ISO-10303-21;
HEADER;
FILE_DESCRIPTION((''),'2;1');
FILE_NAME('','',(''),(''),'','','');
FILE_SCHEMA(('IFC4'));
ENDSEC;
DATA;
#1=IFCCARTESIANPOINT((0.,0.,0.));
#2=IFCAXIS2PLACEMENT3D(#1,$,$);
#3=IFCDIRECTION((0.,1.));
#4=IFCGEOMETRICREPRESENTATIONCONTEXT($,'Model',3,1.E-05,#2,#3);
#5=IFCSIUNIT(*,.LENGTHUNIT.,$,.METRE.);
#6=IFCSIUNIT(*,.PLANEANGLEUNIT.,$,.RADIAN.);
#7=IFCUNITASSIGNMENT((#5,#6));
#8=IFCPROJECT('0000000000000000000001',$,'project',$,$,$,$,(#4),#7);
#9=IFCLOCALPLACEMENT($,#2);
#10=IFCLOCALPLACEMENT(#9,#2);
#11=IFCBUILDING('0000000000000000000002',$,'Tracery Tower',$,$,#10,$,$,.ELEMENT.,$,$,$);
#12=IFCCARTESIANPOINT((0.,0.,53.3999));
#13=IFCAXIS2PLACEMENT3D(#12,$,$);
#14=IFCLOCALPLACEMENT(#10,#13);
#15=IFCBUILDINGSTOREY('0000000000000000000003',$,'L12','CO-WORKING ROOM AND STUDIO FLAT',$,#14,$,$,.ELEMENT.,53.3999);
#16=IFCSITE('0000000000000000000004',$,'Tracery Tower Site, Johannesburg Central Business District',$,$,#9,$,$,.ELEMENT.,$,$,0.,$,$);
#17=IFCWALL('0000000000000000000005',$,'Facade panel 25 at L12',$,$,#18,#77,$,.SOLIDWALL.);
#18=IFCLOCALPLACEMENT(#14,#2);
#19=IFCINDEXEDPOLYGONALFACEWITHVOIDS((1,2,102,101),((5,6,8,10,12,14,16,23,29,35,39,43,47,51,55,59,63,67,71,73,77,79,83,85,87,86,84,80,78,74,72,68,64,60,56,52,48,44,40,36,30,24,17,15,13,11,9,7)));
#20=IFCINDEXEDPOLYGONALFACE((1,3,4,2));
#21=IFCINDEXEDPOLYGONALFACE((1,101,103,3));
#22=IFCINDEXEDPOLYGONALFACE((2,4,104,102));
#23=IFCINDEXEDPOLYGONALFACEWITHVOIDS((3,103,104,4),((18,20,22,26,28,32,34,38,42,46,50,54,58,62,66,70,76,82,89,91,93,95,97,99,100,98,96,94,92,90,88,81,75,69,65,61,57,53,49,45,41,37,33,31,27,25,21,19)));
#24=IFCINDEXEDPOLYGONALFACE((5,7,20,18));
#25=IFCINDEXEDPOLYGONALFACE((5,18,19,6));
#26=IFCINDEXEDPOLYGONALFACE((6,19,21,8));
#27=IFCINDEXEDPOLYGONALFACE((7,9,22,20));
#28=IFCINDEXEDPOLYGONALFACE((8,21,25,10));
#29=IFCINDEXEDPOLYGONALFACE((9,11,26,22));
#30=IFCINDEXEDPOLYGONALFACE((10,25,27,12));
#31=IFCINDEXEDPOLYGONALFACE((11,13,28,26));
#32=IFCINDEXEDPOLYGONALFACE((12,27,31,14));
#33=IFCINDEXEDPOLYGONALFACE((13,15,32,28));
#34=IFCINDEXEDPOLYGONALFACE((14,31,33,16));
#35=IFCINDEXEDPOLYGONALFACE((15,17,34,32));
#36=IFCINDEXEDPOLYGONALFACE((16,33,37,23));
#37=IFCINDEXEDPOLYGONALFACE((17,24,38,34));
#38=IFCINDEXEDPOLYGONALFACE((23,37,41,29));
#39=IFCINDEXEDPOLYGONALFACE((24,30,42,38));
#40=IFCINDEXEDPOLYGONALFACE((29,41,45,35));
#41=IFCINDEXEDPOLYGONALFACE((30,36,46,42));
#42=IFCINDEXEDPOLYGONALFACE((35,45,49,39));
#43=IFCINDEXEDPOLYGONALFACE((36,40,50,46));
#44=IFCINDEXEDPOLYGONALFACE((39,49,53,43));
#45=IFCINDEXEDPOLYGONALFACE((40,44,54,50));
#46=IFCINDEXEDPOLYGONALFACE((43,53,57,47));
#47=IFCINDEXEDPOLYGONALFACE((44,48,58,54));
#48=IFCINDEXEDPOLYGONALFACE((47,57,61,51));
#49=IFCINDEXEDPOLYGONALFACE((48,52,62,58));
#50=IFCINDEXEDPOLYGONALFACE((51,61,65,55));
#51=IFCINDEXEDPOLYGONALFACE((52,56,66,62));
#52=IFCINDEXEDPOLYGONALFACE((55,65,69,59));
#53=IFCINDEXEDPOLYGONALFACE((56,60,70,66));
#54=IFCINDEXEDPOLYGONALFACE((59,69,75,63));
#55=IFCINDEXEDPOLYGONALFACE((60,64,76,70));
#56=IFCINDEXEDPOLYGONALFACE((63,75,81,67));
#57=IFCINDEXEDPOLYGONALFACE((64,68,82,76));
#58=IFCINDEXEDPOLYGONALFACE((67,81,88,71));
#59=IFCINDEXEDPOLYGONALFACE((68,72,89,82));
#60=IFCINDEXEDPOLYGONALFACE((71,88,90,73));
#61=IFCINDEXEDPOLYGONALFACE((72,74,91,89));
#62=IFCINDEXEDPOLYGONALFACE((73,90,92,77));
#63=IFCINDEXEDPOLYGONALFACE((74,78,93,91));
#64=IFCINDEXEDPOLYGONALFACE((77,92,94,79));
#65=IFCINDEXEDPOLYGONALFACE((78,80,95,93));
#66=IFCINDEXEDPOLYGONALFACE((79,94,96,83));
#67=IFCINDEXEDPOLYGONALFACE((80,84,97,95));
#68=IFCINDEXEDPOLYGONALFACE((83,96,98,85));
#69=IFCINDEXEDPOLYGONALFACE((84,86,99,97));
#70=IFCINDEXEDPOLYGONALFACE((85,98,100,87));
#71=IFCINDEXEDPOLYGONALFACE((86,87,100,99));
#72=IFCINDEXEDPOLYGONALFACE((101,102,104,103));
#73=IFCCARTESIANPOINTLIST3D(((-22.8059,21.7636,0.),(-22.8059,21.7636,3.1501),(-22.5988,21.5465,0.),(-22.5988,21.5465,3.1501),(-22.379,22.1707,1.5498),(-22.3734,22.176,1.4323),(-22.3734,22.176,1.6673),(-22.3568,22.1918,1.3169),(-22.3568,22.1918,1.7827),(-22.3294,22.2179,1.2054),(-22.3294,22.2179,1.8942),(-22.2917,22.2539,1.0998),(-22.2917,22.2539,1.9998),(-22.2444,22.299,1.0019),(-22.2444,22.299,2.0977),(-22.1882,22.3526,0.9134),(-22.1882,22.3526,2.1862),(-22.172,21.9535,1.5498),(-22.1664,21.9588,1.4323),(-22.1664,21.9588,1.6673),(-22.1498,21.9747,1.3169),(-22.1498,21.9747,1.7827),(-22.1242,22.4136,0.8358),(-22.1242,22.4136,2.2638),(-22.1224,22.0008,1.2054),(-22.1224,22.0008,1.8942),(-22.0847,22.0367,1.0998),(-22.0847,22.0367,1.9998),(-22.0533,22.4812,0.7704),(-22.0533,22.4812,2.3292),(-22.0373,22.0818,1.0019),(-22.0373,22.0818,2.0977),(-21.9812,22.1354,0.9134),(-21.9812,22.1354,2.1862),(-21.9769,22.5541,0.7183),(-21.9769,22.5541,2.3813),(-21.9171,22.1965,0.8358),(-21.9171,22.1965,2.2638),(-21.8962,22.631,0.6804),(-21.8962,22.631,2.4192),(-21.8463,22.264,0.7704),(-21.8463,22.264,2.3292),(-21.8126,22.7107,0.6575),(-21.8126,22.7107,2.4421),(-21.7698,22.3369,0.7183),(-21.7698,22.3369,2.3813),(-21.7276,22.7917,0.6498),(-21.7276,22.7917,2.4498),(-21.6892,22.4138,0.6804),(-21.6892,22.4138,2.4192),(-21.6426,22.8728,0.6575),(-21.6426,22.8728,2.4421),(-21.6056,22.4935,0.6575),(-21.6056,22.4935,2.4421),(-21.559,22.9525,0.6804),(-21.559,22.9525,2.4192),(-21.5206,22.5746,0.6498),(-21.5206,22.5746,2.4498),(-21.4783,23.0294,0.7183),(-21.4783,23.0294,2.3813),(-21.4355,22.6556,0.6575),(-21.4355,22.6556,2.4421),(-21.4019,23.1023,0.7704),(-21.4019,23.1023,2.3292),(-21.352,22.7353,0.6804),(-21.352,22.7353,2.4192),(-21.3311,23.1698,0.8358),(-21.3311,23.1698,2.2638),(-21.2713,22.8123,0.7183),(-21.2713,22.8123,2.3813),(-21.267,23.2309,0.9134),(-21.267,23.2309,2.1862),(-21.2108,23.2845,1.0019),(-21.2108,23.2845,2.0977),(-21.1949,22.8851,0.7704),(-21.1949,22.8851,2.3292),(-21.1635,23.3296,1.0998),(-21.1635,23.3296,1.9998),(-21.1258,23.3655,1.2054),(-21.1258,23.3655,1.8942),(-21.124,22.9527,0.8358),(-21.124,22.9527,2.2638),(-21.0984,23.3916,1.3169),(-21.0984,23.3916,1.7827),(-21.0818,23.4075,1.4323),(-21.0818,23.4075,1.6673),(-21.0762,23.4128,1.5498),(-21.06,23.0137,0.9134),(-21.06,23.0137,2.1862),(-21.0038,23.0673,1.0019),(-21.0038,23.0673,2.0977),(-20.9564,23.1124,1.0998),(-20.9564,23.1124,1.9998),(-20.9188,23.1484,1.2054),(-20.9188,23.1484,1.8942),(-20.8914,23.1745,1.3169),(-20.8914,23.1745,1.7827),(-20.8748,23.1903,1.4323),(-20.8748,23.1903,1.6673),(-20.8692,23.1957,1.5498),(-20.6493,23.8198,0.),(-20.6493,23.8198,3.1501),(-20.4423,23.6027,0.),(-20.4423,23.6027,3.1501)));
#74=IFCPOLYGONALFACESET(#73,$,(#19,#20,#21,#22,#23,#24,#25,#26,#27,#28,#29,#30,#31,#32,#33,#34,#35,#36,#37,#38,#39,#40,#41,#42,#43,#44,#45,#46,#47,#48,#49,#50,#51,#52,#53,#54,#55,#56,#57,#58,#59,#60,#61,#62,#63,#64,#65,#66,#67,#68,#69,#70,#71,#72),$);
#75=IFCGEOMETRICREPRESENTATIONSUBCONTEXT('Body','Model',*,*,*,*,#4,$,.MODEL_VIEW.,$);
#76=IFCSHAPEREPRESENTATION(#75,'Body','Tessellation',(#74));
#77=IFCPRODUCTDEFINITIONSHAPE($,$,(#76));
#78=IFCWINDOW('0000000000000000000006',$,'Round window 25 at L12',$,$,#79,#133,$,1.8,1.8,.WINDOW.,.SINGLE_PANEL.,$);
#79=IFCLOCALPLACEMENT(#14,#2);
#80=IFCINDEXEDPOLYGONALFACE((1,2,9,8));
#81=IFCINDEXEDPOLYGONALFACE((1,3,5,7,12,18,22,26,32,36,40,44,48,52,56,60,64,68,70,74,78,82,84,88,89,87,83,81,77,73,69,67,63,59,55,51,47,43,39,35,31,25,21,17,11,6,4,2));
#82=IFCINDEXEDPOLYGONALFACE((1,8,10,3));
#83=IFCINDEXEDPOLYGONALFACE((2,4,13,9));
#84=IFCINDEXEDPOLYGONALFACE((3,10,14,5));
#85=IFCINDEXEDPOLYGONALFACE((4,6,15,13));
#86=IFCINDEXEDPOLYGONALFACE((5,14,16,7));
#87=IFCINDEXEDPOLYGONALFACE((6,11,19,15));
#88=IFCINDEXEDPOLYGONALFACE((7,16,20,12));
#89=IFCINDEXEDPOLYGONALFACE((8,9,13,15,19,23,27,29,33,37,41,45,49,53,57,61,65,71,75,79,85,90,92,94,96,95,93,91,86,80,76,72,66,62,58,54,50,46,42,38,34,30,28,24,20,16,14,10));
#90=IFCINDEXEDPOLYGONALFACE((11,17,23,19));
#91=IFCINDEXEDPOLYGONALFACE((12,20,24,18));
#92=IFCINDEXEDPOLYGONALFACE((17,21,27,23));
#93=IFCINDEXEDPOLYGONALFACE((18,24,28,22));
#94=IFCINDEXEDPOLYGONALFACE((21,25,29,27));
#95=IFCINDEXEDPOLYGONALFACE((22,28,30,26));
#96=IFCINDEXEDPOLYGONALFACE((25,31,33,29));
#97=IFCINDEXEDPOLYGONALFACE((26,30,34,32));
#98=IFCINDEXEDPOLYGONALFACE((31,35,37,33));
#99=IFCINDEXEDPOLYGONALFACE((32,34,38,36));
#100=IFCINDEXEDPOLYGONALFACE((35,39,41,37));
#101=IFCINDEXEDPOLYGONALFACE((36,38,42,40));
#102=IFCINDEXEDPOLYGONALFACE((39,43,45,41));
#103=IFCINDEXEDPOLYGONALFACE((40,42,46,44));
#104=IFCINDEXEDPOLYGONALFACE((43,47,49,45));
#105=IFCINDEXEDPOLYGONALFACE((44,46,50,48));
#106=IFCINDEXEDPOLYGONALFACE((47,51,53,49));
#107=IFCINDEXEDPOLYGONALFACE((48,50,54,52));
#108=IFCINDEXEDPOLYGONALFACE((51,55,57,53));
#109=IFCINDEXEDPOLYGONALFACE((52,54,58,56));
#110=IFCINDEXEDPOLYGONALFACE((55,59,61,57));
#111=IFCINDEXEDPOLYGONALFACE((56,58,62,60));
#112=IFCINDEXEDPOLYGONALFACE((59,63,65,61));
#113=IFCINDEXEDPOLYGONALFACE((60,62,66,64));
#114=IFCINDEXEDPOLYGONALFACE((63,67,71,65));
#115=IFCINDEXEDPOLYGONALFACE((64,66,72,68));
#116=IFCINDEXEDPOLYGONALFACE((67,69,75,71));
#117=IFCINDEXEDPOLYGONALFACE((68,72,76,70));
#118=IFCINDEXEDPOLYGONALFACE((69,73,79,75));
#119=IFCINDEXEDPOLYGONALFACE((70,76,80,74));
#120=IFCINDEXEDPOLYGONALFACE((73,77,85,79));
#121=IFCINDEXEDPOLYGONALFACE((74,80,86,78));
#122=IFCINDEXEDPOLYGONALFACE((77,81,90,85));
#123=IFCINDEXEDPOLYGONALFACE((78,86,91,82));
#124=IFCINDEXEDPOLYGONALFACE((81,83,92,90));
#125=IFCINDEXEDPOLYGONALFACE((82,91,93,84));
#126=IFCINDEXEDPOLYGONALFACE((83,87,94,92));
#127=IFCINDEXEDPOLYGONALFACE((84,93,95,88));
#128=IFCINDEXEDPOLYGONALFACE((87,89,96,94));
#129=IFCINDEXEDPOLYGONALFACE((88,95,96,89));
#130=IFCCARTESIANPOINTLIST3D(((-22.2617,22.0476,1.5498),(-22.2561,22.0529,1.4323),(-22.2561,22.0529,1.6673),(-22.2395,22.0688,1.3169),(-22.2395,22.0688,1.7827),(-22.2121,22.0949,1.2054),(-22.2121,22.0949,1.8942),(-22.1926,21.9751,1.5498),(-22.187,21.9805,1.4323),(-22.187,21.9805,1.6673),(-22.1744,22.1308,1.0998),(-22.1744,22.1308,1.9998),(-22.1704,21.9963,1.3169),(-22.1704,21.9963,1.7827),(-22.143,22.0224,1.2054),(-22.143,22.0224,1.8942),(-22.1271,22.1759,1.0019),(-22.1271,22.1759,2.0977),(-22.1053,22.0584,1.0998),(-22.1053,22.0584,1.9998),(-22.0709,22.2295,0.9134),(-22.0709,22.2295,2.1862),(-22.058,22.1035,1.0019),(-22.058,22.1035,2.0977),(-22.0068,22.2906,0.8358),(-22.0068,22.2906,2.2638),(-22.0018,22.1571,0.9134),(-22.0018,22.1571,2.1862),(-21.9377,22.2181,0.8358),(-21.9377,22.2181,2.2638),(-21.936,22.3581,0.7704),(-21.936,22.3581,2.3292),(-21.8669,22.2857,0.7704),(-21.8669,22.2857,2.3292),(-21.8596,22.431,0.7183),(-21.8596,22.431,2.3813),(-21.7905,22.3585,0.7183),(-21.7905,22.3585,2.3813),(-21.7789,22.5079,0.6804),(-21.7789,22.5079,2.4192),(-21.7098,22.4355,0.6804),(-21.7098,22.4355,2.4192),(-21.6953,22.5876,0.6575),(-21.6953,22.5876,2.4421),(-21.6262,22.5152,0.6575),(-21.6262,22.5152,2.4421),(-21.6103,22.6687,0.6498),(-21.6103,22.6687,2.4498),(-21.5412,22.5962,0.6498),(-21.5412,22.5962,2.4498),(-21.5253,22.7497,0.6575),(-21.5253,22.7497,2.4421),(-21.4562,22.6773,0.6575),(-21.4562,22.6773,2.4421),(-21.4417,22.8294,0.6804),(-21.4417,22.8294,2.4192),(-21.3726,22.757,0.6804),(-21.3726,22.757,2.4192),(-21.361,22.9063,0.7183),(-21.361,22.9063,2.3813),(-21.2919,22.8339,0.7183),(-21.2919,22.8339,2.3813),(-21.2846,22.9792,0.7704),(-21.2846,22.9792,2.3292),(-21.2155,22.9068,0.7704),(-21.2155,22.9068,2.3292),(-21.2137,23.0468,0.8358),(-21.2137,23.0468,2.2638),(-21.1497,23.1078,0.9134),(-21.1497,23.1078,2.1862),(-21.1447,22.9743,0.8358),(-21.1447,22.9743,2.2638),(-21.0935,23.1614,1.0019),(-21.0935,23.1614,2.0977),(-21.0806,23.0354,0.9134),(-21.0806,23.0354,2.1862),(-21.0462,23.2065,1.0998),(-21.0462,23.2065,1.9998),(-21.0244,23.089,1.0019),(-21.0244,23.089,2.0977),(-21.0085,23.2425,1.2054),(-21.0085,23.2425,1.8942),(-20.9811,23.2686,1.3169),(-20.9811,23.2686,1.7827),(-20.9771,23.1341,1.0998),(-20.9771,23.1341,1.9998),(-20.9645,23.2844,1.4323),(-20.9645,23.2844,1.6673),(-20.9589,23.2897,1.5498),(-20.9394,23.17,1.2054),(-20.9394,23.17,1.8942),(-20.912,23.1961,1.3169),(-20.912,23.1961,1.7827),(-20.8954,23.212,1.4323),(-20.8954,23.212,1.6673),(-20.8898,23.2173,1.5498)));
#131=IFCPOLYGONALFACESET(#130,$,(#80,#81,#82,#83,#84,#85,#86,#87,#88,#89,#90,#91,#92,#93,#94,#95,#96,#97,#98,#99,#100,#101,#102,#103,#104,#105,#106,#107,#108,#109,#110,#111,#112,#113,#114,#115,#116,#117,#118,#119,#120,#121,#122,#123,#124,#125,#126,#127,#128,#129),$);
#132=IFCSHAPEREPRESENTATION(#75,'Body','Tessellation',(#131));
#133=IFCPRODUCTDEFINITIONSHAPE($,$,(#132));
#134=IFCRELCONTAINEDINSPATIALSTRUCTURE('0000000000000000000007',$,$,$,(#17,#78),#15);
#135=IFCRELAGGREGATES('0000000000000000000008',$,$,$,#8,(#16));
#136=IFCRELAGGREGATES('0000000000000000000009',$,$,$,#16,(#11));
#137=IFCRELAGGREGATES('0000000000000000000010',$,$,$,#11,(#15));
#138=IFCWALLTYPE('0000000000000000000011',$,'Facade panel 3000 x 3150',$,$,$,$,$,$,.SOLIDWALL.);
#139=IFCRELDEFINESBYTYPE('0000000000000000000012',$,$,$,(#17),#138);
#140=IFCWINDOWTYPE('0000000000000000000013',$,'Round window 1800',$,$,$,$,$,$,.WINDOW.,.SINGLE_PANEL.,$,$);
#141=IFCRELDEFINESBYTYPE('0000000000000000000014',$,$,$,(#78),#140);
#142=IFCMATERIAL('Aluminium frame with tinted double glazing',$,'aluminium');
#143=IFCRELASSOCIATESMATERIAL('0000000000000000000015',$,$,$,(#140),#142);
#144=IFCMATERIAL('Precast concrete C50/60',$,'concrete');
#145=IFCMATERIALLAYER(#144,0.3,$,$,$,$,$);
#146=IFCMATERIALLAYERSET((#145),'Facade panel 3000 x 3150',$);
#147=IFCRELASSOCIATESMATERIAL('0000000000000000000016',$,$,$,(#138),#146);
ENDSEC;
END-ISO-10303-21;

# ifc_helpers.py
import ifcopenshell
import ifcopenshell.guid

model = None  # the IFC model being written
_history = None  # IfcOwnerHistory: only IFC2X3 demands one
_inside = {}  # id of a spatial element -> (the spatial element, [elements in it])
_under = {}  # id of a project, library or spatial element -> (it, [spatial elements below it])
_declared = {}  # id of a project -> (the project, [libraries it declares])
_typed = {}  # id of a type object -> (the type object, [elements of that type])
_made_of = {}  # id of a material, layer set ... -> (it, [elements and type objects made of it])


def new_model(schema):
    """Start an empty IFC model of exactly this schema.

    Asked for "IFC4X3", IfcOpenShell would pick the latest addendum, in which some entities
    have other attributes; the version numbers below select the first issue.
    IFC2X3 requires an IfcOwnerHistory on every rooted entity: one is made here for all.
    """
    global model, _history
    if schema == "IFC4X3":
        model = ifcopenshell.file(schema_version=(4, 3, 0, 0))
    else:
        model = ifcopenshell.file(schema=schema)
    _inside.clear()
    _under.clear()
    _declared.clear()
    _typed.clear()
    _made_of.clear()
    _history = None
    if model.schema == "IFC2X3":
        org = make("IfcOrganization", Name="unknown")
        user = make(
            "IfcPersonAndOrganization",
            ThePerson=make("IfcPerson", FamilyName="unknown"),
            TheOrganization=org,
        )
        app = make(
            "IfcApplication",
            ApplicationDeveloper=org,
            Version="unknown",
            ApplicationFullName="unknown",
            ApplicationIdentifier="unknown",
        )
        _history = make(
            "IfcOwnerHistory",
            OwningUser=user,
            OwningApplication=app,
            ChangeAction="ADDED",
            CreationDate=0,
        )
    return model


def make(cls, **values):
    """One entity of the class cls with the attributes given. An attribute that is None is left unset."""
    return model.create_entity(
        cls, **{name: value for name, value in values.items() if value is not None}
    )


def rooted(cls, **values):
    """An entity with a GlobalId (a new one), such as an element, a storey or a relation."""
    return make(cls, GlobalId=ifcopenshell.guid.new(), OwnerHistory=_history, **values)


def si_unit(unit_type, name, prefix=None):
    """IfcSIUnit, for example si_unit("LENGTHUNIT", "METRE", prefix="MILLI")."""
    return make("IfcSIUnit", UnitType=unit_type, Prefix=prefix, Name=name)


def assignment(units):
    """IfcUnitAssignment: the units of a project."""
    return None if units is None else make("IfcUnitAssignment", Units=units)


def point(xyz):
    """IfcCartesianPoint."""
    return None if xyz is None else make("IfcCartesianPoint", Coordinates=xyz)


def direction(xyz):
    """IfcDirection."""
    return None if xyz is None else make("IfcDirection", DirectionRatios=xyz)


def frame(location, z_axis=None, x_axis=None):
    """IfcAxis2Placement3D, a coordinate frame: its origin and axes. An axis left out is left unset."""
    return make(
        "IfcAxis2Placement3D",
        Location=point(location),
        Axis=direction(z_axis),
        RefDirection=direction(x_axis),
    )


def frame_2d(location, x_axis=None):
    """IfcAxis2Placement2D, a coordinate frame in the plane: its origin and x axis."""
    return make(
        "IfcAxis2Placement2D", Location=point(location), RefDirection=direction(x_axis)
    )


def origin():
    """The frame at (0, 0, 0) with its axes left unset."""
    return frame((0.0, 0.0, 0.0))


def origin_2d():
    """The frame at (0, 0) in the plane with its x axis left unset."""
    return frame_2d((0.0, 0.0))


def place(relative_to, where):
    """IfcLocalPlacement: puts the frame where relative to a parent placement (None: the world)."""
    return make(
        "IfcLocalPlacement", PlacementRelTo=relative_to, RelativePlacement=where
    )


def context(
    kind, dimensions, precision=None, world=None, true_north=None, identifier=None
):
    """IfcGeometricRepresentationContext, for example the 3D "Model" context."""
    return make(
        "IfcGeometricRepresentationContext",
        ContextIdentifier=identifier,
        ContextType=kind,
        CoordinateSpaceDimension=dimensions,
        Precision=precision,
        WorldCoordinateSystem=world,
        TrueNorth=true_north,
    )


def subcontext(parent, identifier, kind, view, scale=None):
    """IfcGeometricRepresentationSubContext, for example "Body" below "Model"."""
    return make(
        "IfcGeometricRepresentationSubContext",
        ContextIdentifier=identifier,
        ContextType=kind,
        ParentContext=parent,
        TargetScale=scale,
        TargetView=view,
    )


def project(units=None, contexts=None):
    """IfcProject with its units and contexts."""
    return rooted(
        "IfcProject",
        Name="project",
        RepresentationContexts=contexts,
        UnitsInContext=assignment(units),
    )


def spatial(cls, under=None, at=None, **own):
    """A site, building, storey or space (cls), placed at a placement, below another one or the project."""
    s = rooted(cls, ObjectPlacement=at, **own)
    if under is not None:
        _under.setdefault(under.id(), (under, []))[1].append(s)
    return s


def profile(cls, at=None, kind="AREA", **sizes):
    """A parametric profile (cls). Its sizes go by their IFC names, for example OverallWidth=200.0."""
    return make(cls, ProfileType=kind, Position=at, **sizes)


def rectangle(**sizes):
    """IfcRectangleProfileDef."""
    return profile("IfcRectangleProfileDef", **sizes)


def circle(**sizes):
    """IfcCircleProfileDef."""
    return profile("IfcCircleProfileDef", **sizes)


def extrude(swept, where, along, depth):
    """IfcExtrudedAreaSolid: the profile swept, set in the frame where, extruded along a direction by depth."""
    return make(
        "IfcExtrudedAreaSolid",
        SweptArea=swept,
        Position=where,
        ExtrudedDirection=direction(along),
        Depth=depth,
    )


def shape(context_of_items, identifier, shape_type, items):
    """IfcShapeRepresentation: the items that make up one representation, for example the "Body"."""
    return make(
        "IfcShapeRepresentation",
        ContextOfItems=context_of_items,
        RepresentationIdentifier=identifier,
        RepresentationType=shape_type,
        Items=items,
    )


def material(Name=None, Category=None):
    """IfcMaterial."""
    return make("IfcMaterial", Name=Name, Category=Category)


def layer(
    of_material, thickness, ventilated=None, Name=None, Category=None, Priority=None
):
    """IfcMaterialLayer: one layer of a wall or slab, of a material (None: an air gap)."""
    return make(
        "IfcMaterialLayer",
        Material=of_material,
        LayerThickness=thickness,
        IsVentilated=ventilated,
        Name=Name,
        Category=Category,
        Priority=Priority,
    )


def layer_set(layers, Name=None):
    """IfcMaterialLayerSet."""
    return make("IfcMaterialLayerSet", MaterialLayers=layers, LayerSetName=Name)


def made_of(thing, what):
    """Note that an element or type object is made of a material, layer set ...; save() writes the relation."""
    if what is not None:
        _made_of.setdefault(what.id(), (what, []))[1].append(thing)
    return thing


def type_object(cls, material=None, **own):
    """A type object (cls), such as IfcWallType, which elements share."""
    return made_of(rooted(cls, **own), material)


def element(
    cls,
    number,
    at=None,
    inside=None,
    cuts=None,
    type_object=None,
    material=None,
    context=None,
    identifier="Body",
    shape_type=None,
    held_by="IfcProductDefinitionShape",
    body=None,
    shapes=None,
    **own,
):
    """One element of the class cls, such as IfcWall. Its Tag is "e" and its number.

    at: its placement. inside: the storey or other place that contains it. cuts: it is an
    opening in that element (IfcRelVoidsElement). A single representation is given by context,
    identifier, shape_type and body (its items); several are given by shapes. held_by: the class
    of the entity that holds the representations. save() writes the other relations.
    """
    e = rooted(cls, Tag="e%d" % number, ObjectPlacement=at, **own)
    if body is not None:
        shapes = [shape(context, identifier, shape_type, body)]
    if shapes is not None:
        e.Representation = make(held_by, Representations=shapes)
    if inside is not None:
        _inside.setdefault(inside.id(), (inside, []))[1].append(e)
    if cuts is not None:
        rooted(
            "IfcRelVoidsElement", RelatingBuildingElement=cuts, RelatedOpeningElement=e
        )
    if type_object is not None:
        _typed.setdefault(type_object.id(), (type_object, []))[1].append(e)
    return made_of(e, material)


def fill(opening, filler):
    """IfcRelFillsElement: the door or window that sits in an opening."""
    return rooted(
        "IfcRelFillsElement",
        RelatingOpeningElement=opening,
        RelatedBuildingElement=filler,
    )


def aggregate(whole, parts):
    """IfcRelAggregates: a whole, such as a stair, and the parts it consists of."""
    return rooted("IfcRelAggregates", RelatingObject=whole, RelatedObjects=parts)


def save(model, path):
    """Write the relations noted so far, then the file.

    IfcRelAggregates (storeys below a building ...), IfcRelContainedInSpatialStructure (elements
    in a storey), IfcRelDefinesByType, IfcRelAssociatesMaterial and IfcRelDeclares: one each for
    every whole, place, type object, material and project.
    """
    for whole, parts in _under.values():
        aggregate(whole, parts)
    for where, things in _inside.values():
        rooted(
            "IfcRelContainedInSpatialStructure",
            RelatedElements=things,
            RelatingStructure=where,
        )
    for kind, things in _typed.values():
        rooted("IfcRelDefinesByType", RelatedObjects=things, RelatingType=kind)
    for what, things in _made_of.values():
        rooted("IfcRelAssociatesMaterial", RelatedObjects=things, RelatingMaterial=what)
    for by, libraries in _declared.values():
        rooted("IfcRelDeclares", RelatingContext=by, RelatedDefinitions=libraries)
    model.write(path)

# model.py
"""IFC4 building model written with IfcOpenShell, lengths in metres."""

from ifc_helpers import new_model, si_unit, direction, frame, frame_2d, origin, origin_2d, place, context, subcontext, project, spatial, rectangle, circle, extrude, material, layer, layer_set, type_object, element, fill, save


model = new_model("IFC4")

# Units and contexts
model_context = context("Model", 3, precision=1e-05, world=origin(), true_north=direction((0.0, 1.0)))
body_context = subcontext(model_context, "Body", "Model", "MODEL_VIEW")
ifc_project = project(units=[si_unit("LENGTHUNIT", "METRE"), si_unit("PLANEANGLEUNIT", "RADIAN")], contexts=[model_context])

# Site, building, storey
site_placement = place(None, origin())
site = spatial("IfcSite", under=ifc_project, at=site_placement, Name="Tracery Tower Site, Johannesburg Central Business District", CompositionType="ELEMENT", RefElevation=0.0)
building_placement = place(site_placement, origin())
building = spatial("IfcBuilding", under=site, at=building_placement, Name="Tracery Tower", CompositionType="ELEMENT")
storey_placement = place(building_placement, frame((0.0, 0.0, 53.3999)))
storey = spatial("IfcBuildingStorey", under=building, at=storey_placement, Name="L12", Description="CO-WORKING ROOM AND STUDIO FLAT", CompositionType="ELEMENT", Elevation=53.3999)

# Wall, opening, window
ifc_material_1 = material(Name="Aluminium frame with tinted double glazing", Category="aluminium")
window_type = type_object("IfcWindowType", Name="Round window 1800", PartitioningType="SINGLE_PANEL", PredefinedType="WINDOW", material=ifc_material_1)
ifc_material_2 = material(Name="Precast concrete C50/60", Category="concrete")
ifc_layer_1 = layer(ifc_material_2, 0.3)
ifc_layer_set_1 = layer_set([ifc_layer_1], Name="Facade panel 3000 x 3150")
wall_type_1 = type_object("IfcWallType", Name="Facade panel 3000 x 3150", PredefinedType="SOLIDWALL", material=ifc_layer_set_1)
wall_1_placement = place(storey_placement, frame((-20.5459, 23.7112, 0.0), z_axis=(0.0, 0.0, 1.0), x_axis=(-0.723744, -0.690068, 0.0)))
wall_1 = element("IfcWall", 1, at=wall_1_placement, inside=storey, type_object=wall_type_1, Name="Facade panel 25 at L12", PredefinedType="SOLIDWALL", context=body_context, shape_type="SweptSolid", body=[
    extrude(rectangle(XDim=2.9797, YDim=0.3, at=frame_2d((1.4897, 0.0))), origin(), (0.0, 0.0, 1.0), 3.1501),
])
opening_1_placement = place(wall_1_placement, frame((1.4897, 0.0, 1.5498)))
opening_1 = element("IfcOpeningElement", 2, at=opening_1_placement, cuts=wall_1, PredefinedType="OPENING", context=body_context, shape_type="SweptSolid", body=[
    extrude(circle(Radius=0.9, at=origin_2d()), frame((0.0, 0.1599, 0.0), z_axis=(0.0, -1.0, 0.0), x_axis=(1.0, 0.0, 0.0)), (0.0, 0.0, 1.0), 0.3201),
])
window_1_placement = place(opening_1_placement, origin())
window_1 = element("IfcWindow", 3, at=window_1_placement, inside=storey, type_object=window_type, Name="Round window 25 at L12", OverallHeight=1.8, OverallWidth=1.8, PartitioningType="SINGLE_PANEL", PredefinedType="WINDOW", context=body_context, shape_type="SweptSolid", body=[
    extrude(circle(Radius=0.9, at=origin_2d()), frame((0.0, 0.1201, 0.0), z_axis=(0.0, -1.0, 0.0), x_axis=(1.0, 0.0, 0.0)), (0.0, 0.0, 1.0), 0.1001),
])
fill(opening_1, window_1)

save(model, "model.ifc")
